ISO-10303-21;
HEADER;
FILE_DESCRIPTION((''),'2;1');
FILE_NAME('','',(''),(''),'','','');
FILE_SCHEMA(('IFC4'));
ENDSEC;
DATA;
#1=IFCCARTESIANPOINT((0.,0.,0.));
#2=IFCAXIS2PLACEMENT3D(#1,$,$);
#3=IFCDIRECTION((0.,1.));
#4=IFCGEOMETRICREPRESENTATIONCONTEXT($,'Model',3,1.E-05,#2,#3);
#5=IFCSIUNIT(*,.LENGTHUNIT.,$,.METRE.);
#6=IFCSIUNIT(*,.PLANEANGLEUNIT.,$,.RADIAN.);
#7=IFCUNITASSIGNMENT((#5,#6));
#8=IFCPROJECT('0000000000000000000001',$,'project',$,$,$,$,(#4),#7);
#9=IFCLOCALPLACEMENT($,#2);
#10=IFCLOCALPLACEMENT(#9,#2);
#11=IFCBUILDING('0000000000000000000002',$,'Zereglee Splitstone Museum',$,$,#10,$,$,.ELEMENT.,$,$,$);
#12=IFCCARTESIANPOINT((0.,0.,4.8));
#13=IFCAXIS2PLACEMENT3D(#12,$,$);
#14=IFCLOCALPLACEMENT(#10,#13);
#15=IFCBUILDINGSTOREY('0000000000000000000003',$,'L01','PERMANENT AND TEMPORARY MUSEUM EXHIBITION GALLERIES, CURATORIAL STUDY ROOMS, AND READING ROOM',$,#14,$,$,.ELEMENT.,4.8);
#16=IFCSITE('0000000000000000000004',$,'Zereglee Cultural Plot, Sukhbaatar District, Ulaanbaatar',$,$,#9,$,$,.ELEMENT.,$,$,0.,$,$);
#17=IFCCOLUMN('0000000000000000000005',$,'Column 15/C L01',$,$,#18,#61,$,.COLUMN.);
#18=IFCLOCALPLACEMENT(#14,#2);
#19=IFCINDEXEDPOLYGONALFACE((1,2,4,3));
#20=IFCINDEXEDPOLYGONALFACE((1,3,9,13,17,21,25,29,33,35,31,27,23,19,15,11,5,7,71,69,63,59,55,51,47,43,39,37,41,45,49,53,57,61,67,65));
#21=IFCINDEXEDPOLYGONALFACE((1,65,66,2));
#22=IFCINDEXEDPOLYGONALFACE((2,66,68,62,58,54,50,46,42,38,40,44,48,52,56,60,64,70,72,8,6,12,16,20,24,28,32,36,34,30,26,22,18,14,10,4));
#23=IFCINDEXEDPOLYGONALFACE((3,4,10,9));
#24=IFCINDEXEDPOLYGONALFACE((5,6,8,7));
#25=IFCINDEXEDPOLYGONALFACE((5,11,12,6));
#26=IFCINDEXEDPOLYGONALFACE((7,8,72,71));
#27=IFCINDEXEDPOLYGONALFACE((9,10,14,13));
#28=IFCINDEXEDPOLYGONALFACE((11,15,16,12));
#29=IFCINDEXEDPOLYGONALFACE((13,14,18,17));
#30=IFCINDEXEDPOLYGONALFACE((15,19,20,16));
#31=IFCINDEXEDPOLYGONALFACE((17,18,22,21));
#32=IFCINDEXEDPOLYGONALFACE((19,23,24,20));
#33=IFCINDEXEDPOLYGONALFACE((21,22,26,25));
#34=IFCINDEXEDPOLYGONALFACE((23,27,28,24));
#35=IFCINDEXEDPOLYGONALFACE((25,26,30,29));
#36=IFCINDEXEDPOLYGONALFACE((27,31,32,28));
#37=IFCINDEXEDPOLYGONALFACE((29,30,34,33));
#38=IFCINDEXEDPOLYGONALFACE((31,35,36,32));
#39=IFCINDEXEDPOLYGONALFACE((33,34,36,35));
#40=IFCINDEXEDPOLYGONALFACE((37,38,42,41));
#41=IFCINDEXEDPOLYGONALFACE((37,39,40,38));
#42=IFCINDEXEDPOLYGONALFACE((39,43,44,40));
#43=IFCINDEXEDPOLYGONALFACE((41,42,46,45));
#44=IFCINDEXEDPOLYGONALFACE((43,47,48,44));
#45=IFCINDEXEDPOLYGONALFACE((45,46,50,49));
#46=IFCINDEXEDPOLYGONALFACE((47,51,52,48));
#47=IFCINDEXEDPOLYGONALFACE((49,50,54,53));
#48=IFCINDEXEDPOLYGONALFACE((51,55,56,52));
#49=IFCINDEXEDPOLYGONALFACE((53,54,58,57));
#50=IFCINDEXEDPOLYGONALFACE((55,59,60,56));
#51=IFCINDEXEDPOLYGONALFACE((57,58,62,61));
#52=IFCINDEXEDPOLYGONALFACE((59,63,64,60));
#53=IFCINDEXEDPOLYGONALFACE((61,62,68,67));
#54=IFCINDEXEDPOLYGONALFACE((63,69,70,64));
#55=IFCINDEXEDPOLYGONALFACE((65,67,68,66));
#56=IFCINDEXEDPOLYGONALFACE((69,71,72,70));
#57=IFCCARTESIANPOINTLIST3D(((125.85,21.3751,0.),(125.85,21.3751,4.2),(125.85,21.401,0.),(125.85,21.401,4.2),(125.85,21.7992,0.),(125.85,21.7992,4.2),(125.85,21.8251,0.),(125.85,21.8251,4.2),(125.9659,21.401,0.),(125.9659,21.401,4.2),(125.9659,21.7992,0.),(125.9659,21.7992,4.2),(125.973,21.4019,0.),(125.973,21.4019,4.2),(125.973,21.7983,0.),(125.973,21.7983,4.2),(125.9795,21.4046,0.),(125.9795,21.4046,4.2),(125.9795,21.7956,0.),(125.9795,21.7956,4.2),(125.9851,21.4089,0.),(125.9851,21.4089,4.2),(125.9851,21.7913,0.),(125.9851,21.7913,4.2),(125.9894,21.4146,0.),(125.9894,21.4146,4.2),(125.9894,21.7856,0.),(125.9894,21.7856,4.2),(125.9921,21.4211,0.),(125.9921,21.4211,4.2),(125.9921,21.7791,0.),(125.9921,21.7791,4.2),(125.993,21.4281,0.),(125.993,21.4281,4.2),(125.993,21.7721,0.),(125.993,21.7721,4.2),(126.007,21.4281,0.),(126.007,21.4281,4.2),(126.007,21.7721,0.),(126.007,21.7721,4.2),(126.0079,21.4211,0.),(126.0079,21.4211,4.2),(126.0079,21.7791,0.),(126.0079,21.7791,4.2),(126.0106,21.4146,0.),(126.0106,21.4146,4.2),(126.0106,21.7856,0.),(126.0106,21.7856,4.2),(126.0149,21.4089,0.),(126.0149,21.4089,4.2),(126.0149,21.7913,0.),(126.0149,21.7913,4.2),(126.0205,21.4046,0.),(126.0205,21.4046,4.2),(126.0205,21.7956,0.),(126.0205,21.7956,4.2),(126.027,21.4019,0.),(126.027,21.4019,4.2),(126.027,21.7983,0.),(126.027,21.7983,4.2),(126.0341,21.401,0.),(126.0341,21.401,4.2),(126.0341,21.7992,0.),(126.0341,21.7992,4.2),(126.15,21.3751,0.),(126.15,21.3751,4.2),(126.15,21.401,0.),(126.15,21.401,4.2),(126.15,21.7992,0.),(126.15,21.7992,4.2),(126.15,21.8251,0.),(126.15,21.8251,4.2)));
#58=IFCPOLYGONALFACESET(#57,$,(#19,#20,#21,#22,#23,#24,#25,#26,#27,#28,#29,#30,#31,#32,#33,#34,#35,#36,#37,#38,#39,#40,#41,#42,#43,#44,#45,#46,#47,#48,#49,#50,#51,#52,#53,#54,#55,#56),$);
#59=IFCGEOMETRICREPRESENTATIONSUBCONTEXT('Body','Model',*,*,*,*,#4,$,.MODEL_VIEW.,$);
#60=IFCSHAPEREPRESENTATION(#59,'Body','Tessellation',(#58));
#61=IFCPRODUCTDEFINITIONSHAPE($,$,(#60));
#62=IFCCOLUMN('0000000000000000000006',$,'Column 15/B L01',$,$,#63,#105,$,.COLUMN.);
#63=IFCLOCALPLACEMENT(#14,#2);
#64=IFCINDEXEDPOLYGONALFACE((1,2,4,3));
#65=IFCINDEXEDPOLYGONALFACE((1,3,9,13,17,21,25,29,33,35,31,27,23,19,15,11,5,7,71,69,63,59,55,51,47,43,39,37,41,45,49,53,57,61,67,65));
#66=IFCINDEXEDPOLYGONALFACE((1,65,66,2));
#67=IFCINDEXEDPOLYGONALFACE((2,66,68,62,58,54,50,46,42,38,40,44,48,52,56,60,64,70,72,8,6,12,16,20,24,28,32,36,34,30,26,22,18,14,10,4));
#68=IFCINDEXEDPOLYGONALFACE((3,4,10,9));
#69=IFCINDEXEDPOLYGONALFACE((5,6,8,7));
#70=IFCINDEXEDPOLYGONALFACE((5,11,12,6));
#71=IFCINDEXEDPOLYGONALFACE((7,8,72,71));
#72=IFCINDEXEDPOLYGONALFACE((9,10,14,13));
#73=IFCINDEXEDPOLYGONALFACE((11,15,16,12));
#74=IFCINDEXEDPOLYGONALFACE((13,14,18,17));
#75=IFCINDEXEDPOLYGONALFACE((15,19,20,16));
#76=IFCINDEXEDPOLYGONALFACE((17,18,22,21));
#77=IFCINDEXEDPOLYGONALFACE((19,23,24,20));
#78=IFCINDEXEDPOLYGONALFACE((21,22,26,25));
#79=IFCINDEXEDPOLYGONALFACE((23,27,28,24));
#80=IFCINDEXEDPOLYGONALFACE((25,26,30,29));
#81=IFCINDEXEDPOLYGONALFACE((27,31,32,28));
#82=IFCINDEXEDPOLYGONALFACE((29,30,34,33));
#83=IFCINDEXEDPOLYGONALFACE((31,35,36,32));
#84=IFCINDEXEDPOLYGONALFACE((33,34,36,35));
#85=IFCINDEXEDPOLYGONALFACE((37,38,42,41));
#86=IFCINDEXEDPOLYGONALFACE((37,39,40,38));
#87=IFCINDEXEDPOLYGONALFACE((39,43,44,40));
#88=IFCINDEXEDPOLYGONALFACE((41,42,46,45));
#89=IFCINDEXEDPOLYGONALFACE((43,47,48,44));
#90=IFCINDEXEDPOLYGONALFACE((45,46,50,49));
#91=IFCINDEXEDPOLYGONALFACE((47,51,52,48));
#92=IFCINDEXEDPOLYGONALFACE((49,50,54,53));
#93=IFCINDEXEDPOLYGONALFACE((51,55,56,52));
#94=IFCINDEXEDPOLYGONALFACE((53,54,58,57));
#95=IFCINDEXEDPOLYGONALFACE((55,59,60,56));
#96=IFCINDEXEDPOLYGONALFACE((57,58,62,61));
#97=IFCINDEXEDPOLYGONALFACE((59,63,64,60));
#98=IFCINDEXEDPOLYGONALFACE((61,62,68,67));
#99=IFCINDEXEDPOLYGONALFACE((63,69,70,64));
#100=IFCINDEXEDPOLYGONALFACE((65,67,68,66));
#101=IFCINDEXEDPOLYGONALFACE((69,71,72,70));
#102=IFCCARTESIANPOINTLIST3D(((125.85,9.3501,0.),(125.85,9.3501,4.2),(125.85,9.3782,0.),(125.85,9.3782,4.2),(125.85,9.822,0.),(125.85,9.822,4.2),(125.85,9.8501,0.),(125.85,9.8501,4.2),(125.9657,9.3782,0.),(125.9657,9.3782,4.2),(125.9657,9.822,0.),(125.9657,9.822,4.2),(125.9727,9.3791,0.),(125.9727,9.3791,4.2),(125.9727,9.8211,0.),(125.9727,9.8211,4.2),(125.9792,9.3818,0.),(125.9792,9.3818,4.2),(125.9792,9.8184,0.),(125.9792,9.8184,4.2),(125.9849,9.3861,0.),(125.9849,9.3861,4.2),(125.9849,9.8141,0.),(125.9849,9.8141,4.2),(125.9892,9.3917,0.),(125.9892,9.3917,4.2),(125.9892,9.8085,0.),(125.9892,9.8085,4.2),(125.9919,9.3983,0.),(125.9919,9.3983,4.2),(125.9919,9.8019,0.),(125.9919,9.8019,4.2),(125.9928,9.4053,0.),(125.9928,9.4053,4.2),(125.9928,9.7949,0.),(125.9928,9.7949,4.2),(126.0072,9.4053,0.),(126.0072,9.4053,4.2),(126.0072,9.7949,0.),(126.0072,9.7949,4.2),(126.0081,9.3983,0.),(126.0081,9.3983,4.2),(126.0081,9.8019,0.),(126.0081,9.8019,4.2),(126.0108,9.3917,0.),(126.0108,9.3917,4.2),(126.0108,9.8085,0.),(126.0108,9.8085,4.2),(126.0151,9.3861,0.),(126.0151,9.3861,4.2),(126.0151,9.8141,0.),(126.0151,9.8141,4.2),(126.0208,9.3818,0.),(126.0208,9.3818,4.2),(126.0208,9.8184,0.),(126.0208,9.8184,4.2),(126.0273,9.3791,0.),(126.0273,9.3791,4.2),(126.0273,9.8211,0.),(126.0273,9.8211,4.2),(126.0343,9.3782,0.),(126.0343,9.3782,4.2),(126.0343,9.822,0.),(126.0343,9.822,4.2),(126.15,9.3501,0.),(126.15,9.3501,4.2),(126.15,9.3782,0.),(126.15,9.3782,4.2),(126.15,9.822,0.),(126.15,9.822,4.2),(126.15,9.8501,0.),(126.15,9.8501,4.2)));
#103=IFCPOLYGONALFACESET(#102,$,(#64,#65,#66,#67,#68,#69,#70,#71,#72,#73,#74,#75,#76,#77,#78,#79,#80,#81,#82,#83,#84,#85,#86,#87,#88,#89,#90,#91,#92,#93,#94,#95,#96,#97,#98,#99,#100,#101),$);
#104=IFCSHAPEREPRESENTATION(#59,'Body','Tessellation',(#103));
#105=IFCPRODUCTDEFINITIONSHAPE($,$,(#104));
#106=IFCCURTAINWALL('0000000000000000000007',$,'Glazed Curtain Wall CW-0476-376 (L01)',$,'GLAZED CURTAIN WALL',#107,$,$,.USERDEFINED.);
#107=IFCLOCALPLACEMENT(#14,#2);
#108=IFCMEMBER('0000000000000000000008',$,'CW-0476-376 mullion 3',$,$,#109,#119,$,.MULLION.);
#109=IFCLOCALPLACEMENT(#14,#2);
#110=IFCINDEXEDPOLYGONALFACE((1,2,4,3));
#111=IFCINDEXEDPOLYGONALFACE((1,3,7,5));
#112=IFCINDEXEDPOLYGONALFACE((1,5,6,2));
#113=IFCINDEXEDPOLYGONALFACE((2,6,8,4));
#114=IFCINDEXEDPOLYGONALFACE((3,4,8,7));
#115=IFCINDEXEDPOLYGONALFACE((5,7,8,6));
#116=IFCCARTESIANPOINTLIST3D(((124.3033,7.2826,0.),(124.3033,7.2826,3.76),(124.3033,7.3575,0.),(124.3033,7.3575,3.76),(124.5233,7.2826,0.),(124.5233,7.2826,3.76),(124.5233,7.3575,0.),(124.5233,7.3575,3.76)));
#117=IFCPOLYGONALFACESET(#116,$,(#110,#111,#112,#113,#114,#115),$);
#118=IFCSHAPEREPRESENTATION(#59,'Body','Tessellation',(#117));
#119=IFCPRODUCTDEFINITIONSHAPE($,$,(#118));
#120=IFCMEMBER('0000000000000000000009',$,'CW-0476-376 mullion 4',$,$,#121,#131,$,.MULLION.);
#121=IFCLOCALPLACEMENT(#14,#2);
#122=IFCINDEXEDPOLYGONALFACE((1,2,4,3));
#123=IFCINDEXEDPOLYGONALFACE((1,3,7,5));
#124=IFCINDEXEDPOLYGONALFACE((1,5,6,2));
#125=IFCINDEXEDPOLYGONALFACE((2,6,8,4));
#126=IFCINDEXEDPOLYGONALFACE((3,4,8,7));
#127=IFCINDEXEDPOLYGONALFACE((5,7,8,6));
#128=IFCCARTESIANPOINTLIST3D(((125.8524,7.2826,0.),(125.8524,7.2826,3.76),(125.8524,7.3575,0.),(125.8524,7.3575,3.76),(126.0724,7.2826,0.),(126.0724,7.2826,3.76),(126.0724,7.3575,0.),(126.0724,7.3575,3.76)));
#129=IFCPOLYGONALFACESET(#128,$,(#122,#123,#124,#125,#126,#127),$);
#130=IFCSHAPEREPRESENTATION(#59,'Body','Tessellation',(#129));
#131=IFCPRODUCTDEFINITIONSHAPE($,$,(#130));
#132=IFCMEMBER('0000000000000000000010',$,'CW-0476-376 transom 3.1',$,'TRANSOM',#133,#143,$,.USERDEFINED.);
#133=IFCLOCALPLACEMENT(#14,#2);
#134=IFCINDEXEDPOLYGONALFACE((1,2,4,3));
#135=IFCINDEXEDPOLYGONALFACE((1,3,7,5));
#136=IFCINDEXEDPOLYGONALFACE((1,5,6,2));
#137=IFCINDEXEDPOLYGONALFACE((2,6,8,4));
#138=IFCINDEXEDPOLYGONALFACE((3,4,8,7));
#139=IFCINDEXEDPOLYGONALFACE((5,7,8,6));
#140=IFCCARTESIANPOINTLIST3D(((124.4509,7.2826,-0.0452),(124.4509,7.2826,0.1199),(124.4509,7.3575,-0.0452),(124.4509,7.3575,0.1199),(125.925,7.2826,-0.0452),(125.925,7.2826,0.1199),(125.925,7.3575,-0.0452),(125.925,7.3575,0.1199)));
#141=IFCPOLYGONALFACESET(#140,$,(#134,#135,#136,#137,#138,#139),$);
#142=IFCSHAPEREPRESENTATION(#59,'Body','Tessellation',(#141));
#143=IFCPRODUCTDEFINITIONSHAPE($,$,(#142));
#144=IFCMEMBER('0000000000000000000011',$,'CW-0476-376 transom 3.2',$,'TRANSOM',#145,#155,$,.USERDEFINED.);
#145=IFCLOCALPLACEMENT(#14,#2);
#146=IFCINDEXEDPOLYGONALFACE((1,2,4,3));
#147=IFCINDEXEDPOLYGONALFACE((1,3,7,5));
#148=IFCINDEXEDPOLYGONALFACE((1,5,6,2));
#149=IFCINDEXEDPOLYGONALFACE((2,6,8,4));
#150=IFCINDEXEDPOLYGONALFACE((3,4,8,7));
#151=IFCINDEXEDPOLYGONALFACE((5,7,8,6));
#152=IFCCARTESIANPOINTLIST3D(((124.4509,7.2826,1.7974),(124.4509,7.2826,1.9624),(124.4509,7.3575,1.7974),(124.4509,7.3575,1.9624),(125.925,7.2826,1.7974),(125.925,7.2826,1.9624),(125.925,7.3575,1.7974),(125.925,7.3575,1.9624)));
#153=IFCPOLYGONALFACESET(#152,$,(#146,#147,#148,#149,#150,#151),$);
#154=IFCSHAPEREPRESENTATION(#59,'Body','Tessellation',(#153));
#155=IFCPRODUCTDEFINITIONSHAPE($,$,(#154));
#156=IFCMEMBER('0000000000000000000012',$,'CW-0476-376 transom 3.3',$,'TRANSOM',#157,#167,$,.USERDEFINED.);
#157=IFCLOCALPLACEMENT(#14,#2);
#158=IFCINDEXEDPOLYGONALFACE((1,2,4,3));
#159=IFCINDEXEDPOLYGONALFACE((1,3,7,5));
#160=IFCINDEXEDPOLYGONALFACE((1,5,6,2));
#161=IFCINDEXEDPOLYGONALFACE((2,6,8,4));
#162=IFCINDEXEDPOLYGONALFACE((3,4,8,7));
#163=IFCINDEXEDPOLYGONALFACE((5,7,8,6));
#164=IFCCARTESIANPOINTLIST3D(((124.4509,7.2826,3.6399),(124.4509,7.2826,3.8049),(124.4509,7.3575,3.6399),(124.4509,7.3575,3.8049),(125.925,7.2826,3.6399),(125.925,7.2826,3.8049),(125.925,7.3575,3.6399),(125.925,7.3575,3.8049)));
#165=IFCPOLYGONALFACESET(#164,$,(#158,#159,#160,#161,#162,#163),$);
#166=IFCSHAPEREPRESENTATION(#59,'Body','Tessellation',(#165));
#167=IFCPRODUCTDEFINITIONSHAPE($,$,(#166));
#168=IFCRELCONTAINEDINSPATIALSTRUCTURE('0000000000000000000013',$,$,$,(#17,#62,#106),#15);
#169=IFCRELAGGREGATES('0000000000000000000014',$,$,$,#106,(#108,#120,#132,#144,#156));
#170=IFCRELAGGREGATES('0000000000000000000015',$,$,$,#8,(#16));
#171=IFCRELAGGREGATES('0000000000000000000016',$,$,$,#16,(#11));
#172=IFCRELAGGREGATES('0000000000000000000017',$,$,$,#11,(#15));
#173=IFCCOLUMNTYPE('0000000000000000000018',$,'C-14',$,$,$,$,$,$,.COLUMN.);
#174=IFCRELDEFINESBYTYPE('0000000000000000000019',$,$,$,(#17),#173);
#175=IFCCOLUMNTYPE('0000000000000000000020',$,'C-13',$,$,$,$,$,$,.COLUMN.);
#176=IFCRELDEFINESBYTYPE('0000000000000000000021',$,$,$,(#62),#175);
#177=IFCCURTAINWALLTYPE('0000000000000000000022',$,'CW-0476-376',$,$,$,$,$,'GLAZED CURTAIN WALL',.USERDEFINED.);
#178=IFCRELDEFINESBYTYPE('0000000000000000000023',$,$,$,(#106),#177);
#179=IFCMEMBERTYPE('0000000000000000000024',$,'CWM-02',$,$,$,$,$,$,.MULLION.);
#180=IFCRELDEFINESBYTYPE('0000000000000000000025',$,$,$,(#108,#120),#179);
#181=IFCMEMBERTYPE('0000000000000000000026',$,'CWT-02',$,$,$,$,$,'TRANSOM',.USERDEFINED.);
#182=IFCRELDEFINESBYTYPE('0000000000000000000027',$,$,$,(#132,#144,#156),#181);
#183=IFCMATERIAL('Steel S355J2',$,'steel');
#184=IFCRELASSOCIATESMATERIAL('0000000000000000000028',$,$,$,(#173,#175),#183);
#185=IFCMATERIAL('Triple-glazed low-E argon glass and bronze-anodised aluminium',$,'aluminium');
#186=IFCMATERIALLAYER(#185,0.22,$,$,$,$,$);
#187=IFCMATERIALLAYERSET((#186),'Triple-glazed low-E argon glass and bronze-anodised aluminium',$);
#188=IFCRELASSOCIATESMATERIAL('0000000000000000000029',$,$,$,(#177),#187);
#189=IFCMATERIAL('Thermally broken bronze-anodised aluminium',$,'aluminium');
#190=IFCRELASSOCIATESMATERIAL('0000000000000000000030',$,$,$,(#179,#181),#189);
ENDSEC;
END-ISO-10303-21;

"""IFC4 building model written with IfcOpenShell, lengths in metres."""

from ifc_helpers import new_model, si_unit, direction, frame, origin, origin_2d, place, context, subcontext, project, spatial, rectangle, i_section, extrude, material, layer, layer_set, material_profile, profile_set, type_object, element, aggregate, save


model = new_model("IFC4")

# Units and contexts
model_context = context("Model", 3, precision=1e-05, world=origin(), true_north=direction((0.0, 1.0)))
body_context = subcontext(model_context, "Body", "Model", "MODEL_VIEW")
ifc_project = project(units=[si_unit("LENGTHUNIT", "METRE"), si_unit("PLANEANGLEUNIT", "RADIAN")], contexts=[model_context])

# Site, building, storey
site_placement = place(None, origin())
site = spatial("IfcSite", under=ifc_project, at=site_placement, Name="Zereglee Cultural Plot, Sukhbaatar District, Ulaanbaatar", CompositionType="ELEMENT", RefElevation=0.0)
building_placement = place(site_placement, origin())
building = spatial("IfcBuilding", under=site, at=building_placement, Name="Zereglee Splitstone Museum", CompositionType="ELEMENT")
storey_placement = place(building_placement, frame((0.0, 0.0, 4.8)))
storey = spatial("IfcBuildingStorey", under=building, at=storey_placement, Name="L01", Description="PERMANENT AND TEMPORARY MUSEUM EXHIBITION GALLERIES, CURATORIAL STUDY ROOMS, AND READING ROOM", CompositionType="ELEMENT", Elevation=4.8)

# Columns
ifc_material_1 = material(Name="Steel S355J2", Category="steel")
ifc_material_profile_1 = material_profile(ifc_material_1, i_section(OverallWidth=0.3, OverallDepth=0.45, WebThickness=0.0139, FlangeThickness=0.0259, FilletRadius=0.0271, at=origin_2d()), Name="HE 450 B")
ifc_profile_set_1 = profile_set([ifc_material_profile_1], Name="Steel S355J2")
column_type_1 = type_object("IfcColumnType", Name="C-14", PredefinedType="COLUMN", material=ifc_profile_set_1)
column_1_placement = place(storey_placement, frame((126.0, 21.6001, 0.0), z_axis=(0.0, 0.0, 1.0), x_axis=(1.0, 0.0, 0.0)))
element("IfcColumn", 1, at=column_1_placement, inside=storey, type_object=column_type_1, Name="Column 15/C L01", PredefinedType="COLUMN", context=body_context, shape_type="SweptSolid", body=[
    extrude(i_section(OverallWidth=0.3, OverallDepth=0.45, WebThickness=0.0139, FlangeThickness=0.0259, FilletRadius=0.0271, at=origin_2d()), origin(), (0.0, 0.0, 1.0), 4.2),
])
ifc_material_profile_2 = material_profile(ifc_material_1, i_section(OverallWidth=0.3, OverallDepth=0.5, WebThickness=0.0144, FlangeThickness=0.0281, FilletRadius=0.0271, at=origin_2d()), Name="HE 500 B")
ifc_profile_set_2 = profile_set([ifc_material_profile_2], Name="Steel S355J2")
column_type_2 = type_object("IfcColumnType", Name="C-13", PredefinedType="COLUMN", material=ifc_profile_set_2)
column_2_placement = place(storey_placement, frame((126.0, 9.6001, 0.0), z_axis=(0.0, 0.0, 1.0), x_axis=(1.0, 0.0, 0.0)))
element("IfcColumn", 2, at=column_2_placement, inside=storey, type_object=column_type_2, Name="Column 15/B L01", PredefinedType="COLUMN", context=body_context, shape_type="SweptSolid", body=[
    extrude(i_section(OverallWidth=0.3, OverallDepth=0.5, WebThickness=0.0144, FlangeThickness=0.0281, FilletRadius=0.0271, at=origin_2d()), origin(), (0.0, 0.0, 1.0), 4.2),
])

# Curtain wall, members
ifc_material_2 = material(Name="Triple-glazed low-E argon glass and bronze-anodised aluminium", Category="aluminium")
ifc_layer_1 = layer(ifc_material_2, 0.22)
ifc_layer_set_1 = layer_set([ifc_layer_1], Name="Triple-glazed low-E argon glass and bronze-anodised aluminium")
curtain_wall_type = type_object("IfcCurtainWallType", Name="CW-0476-376", ElementType="GLAZED CURTAIN WALL", PredefinedType="USERDEFINED", material=ifc_layer_set_1)
curtain_wall_placement = place(storey_placement, origin())
curtain_wall = element("IfcCurtainWall", 3, at=curtain_wall_placement, inside=storey, type_object=curtain_wall_type, Name="Glazed Curtain Wall CW-0476-376 (L01)", ObjectType="GLAZED CURTAIN WALL", PredefinedType="USERDEFINED")
ifc_material_3 = material(Name="Thermally broken bronze-anodised aluminium", Category="aluminium")
ifc_material_profile_3 = material_profile(ifc_material_3, rectangle(XDim=0.075, YDim=0.22, at=origin_2d()), Name="CW MULL 75x220")
ifc_profile_set_3 = profile_set([ifc_material_profile_3], Name="Thermally broken bronze-anodised aluminium")
member_type_1 = type_object("IfcMemberType", Name="CWM-02", PredefinedType="MULLION", material=ifc_profile_set_3)
member_1_placement = place(storey_placement, frame((124.4133, 7.3201, 0.0), z_axis=(0.0, 0.0, 1.0), x_axis=(0.0, 1.0, 0.0)))
member_1 = element("IfcMember", 4, at=member_1_placement, type_object=member_type_1, Name="CW-0476-376 mullion 3", PredefinedType="MULLION", context=body_context, shape_type="SweptSolid", body=[
    extrude(rectangle(XDim=0.075, YDim=0.22, at=origin_2d()), origin(), (0.0, 0.0, 1.0), 3.76),
])
member_2_placement = place(storey_placement, frame((125.9624, 7.3201, 0.0), z_axis=(0.0, 0.0, 1.0), x_axis=(0.0, 1.0, 0.0)))
member_2 = element("IfcMember", 5, at=member_2_placement, type_object=member_type_1, Name="CW-0476-376 mullion 4", PredefinedType="MULLION", context=body_context, shape_type="SweptSolid", body=[
    extrude(rectangle(XDim=0.075, YDim=0.22, at=origin_2d()), origin(), (0.0, 0.0, 1.0), 3.76),
])
ifc_material_profile_4 = material_profile(ifc_material_3, rectangle(XDim=0.075, YDim=0.165, at=origin_2d()), Name="CW TRAN 75x165")
ifc_profile_set_4 = profile_set([ifc_material_profile_4], Name="Thermally broken bronze-anodised aluminium")
member_type_2 = type_object("IfcMemberType", Name="CWT-02", ElementType="TRANSOM", PredefinedType="USERDEFINED", material=ifc_profile_set_4)
member_3_placement = place(storey_placement, frame((124.4509, 7.3201, 0.0374), z_axis=(1.0, 0.0, 0.0), x_axis=(0.0, 1.0, 0.0)))
member_3 = element("IfcMember", 6, at=member_3_placement, type_object=member_type_2, Name="CW-0476-376 transom 3.1", ObjectType="TRANSOM", PredefinedType="USERDEFINED", context=body_context, shape_type="SweptSolid", body=[
    extrude(rectangle(XDim=0.075, YDim=0.165, at=origin_2d()), origin(), (0.0, 0.0, 1.0), 1.4741),
])
member_4_placement = place(storey_placement, frame((124.4509, 7.3201, 1.8799), z_axis=(1.0, 0.0, 0.0), x_axis=(0.0, 1.0, 0.0)))
member_4 = element("IfcMember", 7, at=member_4_placement, type_object=member_type_2, Name="CW-0476-376 transom 3.2", ObjectType="TRANSOM", PredefinedType="USERDEFINED", context=body_context, shape_type="SweptSolid", body=[
    extrude(rectangle(XDim=0.075, YDim=0.165, at=origin_2d()), origin(), (0.0, 0.0, 1.0), 1.4741),
])
member_5_placement = place(storey_placement, frame((124.4509, 7.3201, 3.7224), z_axis=(1.0, 0.0, 0.0), x_axis=(0.0, 1.0, 0.0)))
member_5 = element("IfcMember", 8, at=member_5_placement, type_object=member_type_2, Name="CW-0476-376 transom 3.3", ObjectType="TRANSOM", PredefinedType="USERDEFINED", context=body_context, shape_type="SweptSolid", body=[
    extrude(rectangle(XDim=0.075, YDim=0.165, at=origin_2d()), origin(), (0.0, 0.0, 1.0), 1.4741),
])

aggregate(curtain_wall, [member_1, member_2, member_3, member_4, member_5])

save(model, "model.ifc")
